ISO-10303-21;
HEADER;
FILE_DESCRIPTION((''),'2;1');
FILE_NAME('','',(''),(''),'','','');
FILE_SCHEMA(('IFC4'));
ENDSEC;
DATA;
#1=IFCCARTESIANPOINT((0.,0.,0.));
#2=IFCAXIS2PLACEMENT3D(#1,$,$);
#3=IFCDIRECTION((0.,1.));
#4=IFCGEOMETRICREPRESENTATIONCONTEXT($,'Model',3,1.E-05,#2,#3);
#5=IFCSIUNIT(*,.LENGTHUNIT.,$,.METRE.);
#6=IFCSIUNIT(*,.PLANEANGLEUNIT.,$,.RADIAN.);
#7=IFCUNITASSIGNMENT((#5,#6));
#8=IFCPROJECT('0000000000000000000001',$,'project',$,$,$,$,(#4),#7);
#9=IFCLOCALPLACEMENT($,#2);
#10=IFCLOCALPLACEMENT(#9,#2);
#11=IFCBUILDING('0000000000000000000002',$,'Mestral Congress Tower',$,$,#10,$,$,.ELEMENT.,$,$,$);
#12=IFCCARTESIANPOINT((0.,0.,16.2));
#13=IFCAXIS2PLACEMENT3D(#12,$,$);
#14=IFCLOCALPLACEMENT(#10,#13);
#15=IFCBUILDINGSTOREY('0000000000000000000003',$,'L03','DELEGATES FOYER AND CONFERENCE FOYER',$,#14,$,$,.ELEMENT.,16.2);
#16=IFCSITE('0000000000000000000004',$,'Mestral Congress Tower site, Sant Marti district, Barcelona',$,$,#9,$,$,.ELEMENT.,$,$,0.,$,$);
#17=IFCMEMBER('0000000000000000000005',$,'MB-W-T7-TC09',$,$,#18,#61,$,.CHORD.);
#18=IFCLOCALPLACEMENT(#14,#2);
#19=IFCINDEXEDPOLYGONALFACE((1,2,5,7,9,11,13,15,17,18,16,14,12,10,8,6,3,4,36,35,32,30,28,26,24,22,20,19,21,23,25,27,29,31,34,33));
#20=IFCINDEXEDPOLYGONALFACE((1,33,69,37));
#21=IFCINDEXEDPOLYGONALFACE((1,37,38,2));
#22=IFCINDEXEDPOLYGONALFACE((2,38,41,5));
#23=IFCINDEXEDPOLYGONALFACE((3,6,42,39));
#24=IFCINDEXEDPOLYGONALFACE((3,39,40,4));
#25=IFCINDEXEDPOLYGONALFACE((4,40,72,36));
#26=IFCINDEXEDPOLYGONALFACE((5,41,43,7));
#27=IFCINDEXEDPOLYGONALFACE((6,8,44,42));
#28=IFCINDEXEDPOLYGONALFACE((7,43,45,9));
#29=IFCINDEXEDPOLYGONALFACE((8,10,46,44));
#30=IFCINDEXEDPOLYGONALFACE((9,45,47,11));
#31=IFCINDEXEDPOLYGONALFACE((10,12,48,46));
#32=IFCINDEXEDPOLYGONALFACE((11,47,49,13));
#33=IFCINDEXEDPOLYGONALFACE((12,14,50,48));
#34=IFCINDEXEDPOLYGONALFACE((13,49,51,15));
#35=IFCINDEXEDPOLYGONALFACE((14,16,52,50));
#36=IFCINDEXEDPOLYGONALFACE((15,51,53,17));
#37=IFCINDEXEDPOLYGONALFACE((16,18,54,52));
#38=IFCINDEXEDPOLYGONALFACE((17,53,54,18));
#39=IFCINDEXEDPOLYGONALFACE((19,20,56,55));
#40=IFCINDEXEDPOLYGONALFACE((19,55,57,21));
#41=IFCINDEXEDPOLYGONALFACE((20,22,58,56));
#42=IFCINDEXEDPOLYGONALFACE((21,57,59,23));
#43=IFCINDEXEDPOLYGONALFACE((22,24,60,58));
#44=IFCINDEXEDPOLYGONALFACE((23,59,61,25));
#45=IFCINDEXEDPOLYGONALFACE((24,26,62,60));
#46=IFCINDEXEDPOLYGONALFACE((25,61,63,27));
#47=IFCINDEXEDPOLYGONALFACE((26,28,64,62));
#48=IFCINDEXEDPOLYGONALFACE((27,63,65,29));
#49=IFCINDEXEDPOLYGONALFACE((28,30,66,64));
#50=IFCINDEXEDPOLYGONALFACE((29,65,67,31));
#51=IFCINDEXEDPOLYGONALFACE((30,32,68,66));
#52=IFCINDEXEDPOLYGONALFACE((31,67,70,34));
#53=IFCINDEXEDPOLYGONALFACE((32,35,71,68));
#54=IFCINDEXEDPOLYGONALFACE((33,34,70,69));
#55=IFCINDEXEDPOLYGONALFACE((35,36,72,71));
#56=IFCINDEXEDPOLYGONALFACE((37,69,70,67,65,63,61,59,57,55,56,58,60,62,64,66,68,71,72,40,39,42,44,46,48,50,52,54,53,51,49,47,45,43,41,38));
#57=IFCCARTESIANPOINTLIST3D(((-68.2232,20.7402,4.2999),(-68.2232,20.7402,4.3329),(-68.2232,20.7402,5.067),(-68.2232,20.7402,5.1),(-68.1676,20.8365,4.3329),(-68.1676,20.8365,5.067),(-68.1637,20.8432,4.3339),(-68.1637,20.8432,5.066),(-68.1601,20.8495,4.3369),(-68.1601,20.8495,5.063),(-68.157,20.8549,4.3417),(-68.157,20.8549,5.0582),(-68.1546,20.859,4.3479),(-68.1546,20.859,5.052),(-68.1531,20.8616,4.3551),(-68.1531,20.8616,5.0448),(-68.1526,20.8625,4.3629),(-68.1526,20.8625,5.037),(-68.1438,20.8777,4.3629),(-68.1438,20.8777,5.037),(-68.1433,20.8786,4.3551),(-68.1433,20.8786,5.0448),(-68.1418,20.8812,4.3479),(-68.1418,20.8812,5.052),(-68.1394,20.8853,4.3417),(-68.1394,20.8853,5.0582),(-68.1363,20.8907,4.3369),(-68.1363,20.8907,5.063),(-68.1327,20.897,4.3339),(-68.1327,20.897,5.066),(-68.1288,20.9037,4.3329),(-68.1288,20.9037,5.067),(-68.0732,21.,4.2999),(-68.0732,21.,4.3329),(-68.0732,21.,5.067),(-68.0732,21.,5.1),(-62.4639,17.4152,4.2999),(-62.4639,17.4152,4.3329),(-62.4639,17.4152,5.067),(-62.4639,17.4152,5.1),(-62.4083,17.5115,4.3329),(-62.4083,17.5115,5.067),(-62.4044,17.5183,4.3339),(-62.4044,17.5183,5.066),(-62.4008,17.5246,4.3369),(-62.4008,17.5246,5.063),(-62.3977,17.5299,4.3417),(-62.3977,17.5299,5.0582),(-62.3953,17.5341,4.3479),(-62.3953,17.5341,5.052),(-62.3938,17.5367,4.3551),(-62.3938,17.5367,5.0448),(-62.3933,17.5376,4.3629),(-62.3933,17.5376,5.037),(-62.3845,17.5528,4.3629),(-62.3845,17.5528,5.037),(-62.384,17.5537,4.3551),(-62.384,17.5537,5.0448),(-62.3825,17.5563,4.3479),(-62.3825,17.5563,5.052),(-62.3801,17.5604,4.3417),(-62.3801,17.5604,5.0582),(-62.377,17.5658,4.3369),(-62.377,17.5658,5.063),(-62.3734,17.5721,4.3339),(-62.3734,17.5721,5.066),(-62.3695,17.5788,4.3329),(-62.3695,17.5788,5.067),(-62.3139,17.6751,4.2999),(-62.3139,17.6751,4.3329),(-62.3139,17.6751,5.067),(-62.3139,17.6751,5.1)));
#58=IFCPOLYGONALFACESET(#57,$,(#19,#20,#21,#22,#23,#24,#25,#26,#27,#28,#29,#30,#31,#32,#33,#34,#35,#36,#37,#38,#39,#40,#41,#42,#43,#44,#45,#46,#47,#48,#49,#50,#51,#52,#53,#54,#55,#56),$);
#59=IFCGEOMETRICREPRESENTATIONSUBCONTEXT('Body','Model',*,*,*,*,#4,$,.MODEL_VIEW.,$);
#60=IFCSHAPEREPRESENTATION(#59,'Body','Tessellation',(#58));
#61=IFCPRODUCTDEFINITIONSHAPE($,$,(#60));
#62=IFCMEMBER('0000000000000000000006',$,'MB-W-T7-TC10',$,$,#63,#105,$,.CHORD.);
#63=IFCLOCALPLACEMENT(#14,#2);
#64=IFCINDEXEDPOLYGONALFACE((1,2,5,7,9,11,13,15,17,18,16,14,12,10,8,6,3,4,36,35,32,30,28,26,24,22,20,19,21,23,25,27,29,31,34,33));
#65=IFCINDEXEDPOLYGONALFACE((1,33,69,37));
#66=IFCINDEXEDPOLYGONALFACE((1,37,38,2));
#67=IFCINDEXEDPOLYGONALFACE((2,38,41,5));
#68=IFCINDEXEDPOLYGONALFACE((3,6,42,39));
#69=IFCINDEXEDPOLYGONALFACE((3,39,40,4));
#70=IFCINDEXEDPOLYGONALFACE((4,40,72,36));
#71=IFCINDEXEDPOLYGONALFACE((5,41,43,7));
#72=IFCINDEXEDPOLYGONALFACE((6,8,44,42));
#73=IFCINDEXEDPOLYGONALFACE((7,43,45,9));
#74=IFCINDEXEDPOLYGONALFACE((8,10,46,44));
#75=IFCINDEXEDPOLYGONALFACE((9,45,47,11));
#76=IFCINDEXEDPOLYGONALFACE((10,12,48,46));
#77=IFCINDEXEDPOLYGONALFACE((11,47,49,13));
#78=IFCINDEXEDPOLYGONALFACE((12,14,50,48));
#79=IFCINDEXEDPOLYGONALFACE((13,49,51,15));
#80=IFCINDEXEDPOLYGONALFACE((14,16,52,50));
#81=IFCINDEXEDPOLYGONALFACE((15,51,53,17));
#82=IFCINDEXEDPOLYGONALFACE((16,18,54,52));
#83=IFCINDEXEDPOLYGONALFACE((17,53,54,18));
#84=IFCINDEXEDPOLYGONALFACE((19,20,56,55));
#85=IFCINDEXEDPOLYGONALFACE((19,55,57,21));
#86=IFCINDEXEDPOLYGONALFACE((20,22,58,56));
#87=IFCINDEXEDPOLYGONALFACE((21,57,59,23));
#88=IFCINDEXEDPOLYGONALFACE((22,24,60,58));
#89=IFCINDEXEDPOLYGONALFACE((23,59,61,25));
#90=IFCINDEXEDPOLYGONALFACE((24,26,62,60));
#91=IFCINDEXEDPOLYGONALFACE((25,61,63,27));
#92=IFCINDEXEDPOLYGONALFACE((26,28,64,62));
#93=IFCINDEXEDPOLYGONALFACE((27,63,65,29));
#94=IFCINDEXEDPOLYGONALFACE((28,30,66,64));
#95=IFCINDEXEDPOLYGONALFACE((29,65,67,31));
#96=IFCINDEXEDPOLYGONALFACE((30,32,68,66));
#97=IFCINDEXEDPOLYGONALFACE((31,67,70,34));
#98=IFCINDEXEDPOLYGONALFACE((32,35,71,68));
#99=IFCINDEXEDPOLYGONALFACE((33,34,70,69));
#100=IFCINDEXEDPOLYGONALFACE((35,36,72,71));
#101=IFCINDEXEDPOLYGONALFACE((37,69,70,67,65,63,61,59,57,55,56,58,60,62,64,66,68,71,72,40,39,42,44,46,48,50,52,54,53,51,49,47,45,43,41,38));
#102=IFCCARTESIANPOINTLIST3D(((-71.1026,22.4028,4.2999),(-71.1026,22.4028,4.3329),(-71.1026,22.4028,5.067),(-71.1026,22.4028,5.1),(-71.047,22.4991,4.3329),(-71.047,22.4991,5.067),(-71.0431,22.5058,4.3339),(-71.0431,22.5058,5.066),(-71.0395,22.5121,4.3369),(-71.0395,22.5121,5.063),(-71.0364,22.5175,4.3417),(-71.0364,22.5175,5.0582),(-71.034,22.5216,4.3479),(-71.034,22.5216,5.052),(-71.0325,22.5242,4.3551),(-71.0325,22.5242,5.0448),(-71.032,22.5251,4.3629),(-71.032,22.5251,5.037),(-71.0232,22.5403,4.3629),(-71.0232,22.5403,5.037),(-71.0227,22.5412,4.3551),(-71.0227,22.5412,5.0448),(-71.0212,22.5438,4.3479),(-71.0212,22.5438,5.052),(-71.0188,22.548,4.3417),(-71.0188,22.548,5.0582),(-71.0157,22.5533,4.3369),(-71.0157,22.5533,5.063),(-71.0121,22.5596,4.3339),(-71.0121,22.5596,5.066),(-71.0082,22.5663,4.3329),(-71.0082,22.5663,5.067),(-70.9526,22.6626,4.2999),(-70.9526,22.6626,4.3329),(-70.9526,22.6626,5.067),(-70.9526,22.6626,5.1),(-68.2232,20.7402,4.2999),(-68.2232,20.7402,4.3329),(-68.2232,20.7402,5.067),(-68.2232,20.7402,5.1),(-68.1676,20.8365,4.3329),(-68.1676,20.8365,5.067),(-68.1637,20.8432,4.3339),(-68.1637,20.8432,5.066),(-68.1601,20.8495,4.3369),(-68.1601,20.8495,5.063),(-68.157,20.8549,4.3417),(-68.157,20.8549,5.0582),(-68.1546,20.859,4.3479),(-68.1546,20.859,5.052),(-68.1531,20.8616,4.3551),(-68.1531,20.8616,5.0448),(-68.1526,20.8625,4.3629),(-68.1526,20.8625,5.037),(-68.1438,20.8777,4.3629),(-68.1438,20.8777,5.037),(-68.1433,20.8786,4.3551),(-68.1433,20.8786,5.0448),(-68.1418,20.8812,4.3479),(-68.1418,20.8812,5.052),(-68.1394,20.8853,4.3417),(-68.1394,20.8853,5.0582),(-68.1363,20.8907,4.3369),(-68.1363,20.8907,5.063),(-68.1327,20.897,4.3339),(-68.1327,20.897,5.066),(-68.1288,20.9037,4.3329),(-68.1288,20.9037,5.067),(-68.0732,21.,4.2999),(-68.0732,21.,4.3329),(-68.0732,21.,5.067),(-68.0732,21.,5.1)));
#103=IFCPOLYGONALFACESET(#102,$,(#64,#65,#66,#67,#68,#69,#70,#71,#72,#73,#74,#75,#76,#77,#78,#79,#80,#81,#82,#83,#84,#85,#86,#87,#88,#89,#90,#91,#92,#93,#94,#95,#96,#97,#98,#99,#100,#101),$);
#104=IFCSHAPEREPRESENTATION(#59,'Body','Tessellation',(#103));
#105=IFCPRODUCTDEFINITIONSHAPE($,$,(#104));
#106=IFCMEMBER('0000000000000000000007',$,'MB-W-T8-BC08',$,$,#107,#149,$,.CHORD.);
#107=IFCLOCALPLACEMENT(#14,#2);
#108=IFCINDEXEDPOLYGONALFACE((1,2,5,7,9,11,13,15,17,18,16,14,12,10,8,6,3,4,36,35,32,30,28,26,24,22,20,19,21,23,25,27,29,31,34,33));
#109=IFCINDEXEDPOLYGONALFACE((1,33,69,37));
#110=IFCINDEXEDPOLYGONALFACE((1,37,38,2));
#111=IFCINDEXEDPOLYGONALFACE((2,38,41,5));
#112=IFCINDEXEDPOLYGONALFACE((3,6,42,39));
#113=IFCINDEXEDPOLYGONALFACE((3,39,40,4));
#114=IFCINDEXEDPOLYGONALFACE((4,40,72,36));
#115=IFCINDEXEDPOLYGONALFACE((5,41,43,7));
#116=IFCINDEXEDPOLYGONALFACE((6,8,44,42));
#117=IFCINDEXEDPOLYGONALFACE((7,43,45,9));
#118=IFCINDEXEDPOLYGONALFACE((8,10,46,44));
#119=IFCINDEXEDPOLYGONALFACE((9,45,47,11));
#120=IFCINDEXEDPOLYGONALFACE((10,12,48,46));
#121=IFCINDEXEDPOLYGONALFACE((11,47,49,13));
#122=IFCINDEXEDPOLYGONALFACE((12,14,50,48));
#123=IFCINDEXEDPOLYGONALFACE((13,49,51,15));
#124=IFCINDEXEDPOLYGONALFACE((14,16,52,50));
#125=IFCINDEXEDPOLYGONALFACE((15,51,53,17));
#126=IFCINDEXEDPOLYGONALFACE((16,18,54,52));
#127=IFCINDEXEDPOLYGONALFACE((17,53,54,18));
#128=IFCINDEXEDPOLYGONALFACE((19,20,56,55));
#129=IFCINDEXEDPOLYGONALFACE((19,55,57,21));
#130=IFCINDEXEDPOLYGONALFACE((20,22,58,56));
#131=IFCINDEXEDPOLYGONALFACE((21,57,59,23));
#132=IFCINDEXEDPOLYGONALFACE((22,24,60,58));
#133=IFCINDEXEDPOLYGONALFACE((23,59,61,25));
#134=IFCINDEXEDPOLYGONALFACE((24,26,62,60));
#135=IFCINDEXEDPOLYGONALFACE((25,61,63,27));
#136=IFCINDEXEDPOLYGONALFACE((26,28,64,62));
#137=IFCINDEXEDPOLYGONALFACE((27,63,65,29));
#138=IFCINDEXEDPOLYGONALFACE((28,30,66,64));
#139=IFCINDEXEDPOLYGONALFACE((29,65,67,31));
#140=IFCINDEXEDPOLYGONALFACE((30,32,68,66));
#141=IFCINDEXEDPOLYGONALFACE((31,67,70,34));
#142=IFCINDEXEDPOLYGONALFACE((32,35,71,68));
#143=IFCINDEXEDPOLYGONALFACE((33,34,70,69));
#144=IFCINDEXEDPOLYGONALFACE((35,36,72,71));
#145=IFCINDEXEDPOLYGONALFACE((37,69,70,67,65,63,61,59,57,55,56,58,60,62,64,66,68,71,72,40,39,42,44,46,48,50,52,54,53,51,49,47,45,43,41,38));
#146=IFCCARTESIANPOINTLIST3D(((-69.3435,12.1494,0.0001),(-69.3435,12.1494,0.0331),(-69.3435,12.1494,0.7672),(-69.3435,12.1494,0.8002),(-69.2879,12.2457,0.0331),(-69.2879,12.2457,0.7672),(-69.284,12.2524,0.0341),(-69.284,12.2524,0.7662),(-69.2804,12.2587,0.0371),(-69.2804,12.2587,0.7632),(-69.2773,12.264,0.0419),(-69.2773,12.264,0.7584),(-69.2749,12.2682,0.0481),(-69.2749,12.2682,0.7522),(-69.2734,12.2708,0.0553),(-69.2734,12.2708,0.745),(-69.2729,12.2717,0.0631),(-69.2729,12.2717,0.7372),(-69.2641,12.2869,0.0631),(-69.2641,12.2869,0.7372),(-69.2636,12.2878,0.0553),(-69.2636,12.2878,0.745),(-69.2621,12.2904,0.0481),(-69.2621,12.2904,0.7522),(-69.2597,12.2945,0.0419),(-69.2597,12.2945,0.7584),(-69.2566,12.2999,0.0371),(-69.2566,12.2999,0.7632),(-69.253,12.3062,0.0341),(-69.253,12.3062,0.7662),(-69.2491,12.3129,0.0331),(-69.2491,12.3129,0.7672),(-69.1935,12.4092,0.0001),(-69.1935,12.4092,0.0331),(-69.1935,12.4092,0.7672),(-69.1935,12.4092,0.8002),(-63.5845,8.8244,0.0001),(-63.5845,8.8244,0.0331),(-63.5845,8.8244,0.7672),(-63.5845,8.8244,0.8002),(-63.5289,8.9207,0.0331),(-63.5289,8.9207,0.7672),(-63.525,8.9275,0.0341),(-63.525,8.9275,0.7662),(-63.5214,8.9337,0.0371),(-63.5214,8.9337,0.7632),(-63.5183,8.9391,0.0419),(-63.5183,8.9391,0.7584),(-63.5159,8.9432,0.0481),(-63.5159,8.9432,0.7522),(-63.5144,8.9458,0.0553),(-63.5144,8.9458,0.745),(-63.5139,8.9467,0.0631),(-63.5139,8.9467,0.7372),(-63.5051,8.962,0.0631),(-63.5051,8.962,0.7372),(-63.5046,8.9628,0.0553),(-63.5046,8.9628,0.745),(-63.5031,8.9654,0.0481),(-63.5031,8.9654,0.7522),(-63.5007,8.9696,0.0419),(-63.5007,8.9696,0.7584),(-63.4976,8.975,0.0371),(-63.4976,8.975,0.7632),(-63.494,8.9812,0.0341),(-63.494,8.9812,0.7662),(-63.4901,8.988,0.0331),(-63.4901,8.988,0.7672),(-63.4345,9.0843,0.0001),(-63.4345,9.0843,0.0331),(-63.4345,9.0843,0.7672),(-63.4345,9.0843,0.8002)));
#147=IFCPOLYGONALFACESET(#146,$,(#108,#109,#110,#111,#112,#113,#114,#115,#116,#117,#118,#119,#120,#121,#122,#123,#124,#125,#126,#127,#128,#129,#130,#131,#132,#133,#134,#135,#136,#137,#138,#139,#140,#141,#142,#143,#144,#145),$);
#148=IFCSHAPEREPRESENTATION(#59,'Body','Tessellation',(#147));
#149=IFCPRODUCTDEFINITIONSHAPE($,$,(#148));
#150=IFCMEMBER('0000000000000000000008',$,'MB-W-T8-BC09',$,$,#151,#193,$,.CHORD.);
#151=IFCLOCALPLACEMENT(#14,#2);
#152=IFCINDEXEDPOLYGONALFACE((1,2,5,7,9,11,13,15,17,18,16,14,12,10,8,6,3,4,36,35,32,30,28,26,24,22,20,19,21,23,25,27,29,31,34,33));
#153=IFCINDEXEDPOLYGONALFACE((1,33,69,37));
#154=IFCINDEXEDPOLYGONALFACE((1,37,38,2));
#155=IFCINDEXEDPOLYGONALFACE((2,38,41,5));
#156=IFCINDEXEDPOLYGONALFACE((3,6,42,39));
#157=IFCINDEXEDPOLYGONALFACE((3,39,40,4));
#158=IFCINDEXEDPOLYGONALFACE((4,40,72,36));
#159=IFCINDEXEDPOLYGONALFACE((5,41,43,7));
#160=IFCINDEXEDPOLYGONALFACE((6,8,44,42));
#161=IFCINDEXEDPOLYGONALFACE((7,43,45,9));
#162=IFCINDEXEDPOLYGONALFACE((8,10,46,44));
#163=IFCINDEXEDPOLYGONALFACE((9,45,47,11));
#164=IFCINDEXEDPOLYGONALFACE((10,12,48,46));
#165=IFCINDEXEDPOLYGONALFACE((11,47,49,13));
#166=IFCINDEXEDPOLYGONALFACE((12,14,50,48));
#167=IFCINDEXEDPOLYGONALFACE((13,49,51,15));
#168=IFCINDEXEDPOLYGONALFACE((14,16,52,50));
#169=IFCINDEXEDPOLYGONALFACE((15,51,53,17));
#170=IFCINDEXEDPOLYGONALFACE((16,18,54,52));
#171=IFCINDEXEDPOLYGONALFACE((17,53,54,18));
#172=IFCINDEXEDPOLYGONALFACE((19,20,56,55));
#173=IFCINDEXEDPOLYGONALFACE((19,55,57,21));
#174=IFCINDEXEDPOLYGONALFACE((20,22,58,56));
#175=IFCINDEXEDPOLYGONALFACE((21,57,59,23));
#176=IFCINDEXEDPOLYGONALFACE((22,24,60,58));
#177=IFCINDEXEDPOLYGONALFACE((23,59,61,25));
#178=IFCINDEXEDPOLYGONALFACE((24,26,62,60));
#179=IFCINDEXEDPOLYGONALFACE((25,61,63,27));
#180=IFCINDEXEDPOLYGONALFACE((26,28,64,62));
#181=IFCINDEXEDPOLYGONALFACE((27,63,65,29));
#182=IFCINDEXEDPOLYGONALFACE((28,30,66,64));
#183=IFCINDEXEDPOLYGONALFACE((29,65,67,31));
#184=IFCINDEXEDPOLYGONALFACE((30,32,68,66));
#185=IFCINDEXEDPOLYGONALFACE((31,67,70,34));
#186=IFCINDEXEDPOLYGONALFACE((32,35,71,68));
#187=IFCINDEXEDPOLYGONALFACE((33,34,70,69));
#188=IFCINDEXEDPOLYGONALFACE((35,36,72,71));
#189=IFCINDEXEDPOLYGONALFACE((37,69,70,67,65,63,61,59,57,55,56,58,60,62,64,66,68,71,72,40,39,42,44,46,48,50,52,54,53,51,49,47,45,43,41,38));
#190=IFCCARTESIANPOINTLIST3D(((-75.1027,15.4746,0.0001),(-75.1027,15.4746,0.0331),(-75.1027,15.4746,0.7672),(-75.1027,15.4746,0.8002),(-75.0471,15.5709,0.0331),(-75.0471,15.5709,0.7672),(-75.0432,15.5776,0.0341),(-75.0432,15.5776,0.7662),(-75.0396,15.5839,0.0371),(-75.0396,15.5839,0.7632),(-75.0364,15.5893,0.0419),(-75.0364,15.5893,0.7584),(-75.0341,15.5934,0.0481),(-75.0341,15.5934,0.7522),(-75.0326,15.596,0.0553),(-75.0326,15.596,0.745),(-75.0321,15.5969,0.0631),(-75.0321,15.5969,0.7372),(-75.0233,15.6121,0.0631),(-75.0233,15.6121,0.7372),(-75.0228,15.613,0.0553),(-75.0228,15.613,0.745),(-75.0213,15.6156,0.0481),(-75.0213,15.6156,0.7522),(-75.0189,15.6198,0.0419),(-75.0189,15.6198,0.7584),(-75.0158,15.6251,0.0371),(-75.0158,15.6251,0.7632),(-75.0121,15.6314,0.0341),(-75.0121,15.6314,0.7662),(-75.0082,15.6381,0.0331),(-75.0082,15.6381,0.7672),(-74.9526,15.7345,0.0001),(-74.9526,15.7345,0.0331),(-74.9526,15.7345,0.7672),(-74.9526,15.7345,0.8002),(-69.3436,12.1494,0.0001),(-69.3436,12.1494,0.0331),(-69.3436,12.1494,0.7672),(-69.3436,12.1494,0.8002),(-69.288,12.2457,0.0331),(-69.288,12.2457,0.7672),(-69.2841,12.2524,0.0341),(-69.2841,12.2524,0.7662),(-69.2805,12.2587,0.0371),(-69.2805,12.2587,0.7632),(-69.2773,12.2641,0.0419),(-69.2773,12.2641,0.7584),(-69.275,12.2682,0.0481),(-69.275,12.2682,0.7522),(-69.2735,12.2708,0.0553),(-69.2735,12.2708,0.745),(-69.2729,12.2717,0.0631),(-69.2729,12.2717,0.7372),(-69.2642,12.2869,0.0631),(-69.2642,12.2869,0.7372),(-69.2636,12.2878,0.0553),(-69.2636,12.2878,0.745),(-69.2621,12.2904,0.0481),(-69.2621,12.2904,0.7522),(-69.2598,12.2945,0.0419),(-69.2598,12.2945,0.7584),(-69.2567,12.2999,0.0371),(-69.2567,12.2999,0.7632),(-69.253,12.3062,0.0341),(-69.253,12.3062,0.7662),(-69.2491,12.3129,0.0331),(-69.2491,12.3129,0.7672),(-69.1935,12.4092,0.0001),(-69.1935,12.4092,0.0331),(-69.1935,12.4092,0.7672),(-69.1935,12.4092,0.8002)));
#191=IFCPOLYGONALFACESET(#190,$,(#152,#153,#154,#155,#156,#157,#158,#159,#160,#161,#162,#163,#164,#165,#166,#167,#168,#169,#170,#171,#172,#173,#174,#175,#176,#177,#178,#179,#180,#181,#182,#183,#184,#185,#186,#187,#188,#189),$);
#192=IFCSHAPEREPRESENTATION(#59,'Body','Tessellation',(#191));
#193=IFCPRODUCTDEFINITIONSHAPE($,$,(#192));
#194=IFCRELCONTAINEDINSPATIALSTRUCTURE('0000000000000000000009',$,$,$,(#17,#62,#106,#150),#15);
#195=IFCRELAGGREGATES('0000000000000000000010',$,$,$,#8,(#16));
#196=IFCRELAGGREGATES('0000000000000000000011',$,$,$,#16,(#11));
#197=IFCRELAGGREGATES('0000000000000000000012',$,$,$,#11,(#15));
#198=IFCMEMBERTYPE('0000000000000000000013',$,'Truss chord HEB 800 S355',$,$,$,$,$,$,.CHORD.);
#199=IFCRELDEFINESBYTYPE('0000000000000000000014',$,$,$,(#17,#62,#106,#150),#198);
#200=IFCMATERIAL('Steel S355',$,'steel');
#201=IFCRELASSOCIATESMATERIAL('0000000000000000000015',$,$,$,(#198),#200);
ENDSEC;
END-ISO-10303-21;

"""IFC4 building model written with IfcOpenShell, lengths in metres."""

from ifc_helpers import new_model, si_unit, direction, frame, origin, origin_2d, place, context, subcontext, project, spatial, i_section, extrude, material, material_profile, profile_set, type_object, element, save


model = new_model("IFC4")

# Units and contexts
model_context = context("Model", 3, precision=1e-05, world=origin(), true_north=direction((0.0, 1.0)))
body_context = subcontext(model_context, "Body", "Model", "MODEL_VIEW")
ifc_project = project(units=[si_unit("LENGTHUNIT", "METRE"), si_unit("PLANEANGLEUNIT", "RADIAN")], contexts=[model_context])

# Site, building, storey
site_placement = place(None, origin())
site = spatial("IfcSite", under=ifc_project, at=site_placement, Name="Mestral Congress Tower site, Sant Marti district, Barcelona", CompositionType="ELEMENT", RefElevation=0.0)
building_placement = place(site_placement, origin())
building = spatial("IfcBuilding", under=site, at=building_placement, Name="Mestral Congress Tower", CompositionType="ELEMENT")
storey_placement = place(building_placement, frame((0.0, 0.0, 16.2)))
storey = spatial("IfcBuildingStorey", under=building, at=storey_placement, Name="L03", Description="DELEGATES FOYER AND CONFERENCE FOYER", CompositionType="ELEMENT", Elevation=16.2)

# Shared definitions
ifc_material_1 = material(Name="Steel S355", Category="steel")

# Members
ifc_material_profile_1 = material_profile(ifc_material_1, i_section(OverallWidth=0.3, OverallDepth=0.8, WebThickness=0.0176, FlangeThickness=0.033, FilletRadius=0.03, at=origin_2d()), Name="HEB 800")
ifc_profile_set_1 = profile_set([ifc_material_profile_1], Name="Steel S355")
member_type_1 = type_object("IfcMemberType", Name="Truss chord HEB 800 S355", PredefinedType="CHORD", material=ifc_profile_set_1)
for number, where, z_axis, x_axis, name in (
    (1, (-62.3889, 17.5452, 4.7), (-0.866036, 0.499981, 0.0), (-0.499981, -0.866036, 0.0), "MB-W-T7-TC09"),
):
    element("IfcMember", number, at=place(storey_placement, frame(where, z_axis=z_axis, x_axis=x_axis)), inside=storey, type_object=member_type_1, Name=name, PredefinedType="CHORD", context=body_context, shape_type="SweptSolid", body=[
        extrude(i_section(OverallWidth=0.3, OverallDepth=0.8, WebThickness=0.0176, FlangeThickness=0.033, FilletRadius=0.03, at=origin_2d()), origin(), (0.0, 0.0, 1.0), 6.6501),
    ])
member_1_placement = place(storey_placement, frame((-68.1482, 20.8701, 4.7), z_axis=(-0.866002, 0.50004, 0.0), x_axis=(-0.50004, -0.866002, 0.0)))
element("IfcMember", 2, at=member_1_placement, inside=storey, type_object=member_type_1, Name="MB-W-T7-TC10", PredefinedType="CHORD", context=body_context, shape_type="SweptSolid", body=[
    extrude(i_section(OverallWidth=0.3, OverallDepth=0.8, WebThickness=0.0176, FlangeThickness=0.033, FilletRadius=0.03, at=origin_2d()), origin(), (0.0, 0.0, 1.0), 3.325),
])
member_2_placement = place(storey_placement, frame((-63.5095, 8.9543, 0.4001), z_axis=(-0.866027, 0.499997, 0.0), x_axis=(-0.499997, -0.866027, 0.0)))
element("IfcMember", 3, at=member_2_placement, inside=storey, type_object=member_type_1, Name="MB-W-T8-BC08", PredefinedType="CHORD", context=body_context, shape_type="SweptSolid", body=[
    extrude(i_section(OverallWidth=0.3, OverallDepth=0.8, WebThickness=0.0176, FlangeThickness=0.033, FilletRadius=0.03, at=origin_2d()), origin(), (0.0, 0.0, 1.0), 6.6499),
])
for number, where, z_axis, x_axis, name in (
    (4, (-69.2686, 12.2793, 0.4001), (-0.866011, 0.500024, 0.0), (-0.500024, -0.866011, 0.0), "MB-W-T8-BC09"),
):
    element("IfcMember", number, at=place(storey_placement, frame(where, z_axis=z_axis, x_axis=x_axis)), inside=storey, type_object=member_type_1, Name=name, PredefinedType="CHORD", context=body_context, shape_type="SweptSolid", body=[
        extrude(i_section(OverallWidth=0.3, OverallDepth=0.8, WebThickness=0.0176, FlangeThickness=0.033, FilletRadius=0.03, at=origin_2d()), origin(), (0.0, 0.0, 1.0), 6.6501),
    ])

save(model, "model.ifc")
